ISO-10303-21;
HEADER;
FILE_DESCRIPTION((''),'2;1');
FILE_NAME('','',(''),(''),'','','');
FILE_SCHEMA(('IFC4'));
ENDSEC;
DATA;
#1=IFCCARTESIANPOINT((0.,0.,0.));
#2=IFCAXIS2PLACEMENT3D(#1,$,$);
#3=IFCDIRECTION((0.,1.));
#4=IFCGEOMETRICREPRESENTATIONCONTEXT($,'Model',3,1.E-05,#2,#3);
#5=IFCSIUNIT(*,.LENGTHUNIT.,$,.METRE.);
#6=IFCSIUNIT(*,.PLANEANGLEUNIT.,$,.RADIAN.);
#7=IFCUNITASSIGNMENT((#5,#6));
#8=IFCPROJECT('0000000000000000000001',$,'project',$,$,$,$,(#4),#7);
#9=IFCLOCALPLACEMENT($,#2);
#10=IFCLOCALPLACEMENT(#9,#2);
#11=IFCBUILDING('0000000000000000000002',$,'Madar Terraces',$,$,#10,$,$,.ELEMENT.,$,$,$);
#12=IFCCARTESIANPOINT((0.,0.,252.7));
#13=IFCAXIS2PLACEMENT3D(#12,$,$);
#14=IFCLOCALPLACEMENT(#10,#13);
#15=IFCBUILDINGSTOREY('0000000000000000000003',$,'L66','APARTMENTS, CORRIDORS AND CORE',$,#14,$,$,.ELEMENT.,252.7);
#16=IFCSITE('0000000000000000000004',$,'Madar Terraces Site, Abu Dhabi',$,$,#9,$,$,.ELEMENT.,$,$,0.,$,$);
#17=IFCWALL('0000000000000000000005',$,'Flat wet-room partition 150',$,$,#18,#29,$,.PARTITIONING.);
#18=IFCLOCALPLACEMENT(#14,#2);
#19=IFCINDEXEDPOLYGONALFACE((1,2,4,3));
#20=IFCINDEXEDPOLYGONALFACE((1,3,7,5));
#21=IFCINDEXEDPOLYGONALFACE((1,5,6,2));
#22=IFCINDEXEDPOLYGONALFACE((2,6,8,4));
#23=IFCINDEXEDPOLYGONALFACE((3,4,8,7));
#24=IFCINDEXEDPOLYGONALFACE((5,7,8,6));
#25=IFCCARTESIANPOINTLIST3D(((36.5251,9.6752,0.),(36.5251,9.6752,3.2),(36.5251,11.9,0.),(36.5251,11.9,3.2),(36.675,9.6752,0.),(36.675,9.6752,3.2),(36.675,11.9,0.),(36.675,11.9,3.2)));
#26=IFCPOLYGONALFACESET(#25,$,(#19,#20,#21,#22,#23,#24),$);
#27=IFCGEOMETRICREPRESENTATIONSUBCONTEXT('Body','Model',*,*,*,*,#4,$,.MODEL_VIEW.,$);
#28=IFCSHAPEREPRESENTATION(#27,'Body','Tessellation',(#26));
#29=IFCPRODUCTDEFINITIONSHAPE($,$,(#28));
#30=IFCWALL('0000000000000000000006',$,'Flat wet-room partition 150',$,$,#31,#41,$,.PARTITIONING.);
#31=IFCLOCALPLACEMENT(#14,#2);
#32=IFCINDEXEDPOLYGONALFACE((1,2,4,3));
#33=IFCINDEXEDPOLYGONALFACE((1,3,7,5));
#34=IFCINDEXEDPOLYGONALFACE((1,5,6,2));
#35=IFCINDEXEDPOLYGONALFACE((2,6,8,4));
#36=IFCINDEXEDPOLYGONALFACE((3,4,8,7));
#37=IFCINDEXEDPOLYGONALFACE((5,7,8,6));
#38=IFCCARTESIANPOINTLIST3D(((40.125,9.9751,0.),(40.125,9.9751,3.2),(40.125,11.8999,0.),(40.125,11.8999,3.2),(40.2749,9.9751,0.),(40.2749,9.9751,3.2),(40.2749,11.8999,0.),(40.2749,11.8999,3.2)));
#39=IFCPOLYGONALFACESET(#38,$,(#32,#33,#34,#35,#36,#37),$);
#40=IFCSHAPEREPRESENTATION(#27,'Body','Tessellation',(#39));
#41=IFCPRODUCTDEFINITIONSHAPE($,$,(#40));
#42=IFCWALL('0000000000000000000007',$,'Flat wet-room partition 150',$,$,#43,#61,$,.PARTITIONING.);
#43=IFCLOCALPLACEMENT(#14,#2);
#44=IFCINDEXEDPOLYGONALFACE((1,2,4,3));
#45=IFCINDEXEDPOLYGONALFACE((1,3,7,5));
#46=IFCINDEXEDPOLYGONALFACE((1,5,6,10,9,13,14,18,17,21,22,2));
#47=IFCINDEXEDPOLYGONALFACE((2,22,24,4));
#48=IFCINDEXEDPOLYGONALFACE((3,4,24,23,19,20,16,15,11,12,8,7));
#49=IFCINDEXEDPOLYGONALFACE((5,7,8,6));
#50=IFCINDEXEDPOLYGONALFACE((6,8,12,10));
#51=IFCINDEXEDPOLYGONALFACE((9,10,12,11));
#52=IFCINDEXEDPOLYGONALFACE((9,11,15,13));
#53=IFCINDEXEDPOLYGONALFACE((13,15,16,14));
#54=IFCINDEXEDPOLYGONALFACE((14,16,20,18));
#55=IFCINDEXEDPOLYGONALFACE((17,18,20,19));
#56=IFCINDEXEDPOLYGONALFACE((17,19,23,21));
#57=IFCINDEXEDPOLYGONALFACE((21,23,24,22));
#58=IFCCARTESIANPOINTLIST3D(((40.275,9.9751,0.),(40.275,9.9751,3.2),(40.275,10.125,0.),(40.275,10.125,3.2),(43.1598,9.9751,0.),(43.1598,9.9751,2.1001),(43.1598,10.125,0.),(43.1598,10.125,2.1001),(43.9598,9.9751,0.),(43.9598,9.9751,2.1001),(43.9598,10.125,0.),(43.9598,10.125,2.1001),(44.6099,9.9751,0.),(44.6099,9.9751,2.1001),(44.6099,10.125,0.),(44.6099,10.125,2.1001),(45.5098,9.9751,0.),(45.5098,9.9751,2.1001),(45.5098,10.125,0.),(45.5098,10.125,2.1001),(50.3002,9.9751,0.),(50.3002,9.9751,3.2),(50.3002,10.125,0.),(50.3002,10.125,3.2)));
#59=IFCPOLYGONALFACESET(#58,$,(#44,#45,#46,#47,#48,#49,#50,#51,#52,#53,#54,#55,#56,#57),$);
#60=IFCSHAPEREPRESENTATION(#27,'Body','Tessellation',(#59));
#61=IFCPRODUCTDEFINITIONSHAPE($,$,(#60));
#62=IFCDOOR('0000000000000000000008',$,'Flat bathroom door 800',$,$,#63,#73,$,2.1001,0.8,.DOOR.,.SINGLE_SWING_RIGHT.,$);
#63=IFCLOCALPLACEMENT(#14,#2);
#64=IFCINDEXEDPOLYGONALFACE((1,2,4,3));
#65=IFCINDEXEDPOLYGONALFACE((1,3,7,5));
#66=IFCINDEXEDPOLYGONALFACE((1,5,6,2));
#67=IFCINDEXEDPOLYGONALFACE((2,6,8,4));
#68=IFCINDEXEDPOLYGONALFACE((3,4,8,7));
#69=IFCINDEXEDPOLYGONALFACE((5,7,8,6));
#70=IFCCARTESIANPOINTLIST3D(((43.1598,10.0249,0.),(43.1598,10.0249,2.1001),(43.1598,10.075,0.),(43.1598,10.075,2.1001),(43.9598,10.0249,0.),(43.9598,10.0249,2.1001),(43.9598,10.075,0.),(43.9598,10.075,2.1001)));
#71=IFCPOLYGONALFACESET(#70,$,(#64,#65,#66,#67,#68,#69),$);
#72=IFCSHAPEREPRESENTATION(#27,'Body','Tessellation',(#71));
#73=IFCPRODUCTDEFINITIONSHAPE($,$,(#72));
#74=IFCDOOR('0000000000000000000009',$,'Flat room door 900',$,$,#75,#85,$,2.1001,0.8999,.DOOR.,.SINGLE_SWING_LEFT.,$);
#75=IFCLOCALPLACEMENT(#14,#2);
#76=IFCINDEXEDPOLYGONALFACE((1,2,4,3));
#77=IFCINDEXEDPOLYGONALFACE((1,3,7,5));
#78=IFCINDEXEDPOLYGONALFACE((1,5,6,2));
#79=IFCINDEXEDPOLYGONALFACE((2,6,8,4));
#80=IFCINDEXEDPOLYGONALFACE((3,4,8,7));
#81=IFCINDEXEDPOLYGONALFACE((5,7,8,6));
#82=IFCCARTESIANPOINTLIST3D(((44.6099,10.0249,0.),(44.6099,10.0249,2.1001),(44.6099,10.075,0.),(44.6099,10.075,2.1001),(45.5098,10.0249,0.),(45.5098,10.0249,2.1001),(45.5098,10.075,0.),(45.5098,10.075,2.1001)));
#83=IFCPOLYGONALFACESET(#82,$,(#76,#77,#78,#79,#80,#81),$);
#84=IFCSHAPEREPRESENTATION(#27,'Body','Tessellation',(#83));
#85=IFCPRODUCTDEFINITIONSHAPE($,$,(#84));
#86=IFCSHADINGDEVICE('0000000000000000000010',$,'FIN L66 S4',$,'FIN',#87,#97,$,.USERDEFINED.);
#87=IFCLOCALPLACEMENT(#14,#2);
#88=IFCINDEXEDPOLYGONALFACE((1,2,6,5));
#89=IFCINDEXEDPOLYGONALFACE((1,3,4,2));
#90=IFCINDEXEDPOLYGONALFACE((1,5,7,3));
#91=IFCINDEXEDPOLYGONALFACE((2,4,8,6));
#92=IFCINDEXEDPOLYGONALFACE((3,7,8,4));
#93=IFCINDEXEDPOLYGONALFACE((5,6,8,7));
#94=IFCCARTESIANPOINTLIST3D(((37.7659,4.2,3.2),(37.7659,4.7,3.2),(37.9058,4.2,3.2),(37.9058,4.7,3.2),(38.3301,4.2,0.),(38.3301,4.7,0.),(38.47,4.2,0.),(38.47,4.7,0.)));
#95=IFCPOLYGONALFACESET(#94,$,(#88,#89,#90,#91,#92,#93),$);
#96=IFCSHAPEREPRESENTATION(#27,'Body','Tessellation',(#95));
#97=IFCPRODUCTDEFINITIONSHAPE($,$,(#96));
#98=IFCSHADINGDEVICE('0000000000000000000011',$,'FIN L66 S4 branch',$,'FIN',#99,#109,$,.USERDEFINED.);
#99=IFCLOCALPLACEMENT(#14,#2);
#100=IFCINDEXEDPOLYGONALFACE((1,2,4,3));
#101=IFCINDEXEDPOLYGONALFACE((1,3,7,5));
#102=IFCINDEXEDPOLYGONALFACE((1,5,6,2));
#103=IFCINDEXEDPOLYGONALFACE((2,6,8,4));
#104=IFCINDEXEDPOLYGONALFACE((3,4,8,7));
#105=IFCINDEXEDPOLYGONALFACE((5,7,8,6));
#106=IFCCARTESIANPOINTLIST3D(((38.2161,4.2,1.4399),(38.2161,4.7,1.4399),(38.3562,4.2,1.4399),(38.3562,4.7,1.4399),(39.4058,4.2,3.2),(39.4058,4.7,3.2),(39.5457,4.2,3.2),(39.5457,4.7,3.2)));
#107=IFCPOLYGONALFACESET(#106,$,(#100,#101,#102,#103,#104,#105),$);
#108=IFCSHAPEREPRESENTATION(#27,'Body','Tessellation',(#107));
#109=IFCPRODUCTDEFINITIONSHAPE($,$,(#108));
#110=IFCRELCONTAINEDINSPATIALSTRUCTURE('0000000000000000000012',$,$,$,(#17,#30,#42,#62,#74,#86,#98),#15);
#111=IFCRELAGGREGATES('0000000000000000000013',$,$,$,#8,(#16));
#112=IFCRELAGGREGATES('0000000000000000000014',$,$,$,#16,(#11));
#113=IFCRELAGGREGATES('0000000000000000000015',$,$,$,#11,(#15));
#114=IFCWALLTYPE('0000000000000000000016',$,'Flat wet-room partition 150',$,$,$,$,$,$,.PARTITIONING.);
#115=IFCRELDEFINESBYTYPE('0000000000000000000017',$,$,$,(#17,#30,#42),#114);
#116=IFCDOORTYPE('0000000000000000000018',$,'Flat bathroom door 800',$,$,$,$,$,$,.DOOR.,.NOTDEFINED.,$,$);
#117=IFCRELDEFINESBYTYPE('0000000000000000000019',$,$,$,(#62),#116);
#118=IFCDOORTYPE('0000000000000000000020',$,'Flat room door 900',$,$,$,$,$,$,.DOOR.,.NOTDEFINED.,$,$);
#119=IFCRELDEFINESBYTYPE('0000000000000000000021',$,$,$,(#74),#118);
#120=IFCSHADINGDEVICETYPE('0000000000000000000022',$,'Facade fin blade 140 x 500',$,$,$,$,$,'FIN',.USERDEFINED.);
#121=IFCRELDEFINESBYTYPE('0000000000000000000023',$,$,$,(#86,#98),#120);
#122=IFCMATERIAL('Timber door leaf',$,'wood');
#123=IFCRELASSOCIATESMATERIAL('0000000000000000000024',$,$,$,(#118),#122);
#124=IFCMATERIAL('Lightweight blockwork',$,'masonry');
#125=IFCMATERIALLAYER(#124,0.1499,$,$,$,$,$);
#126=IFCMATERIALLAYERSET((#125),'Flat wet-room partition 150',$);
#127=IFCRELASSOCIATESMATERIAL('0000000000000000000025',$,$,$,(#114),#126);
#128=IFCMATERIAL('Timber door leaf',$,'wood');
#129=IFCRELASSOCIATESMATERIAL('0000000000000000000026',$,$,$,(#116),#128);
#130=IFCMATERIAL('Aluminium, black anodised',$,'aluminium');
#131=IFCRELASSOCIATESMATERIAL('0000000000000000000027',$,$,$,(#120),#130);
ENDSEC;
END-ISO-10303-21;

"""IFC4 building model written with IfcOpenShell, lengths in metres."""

from ifc_helpers import new_model, si_unit, direction, frame, frame_2d, origin, place, context, subcontext, project, spatial, polyline, rectangle, outline, extrude, material, layer, layer_set, type_object, element, fill, save


model = new_model("IFC4")

# Units and contexts
model_context = context("Model", 3, precision=1e-05, world=origin(), true_north=direction((0.0, 1.0)))
body_context = subcontext(model_context, "Body", "Model", "MODEL_VIEW")
ifc_project = project(units=[si_unit("LENGTHUNIT", "METRE"), si_unit("PLANEANGLEUNIT", "RADIAN")], contexts=[model_context])

# Site, building, storey
site_placement = place(None, origin())
site = spatial("IfcSite", under=ifc_project, at=site_placement, Name="Madar Terraces Site, Abu Dhabi", CompositionType="ELEMENT", RefElevation=0.0)
building_placement = place(site_placement, origin())
building = spatial("IfcBuilding", under=site, at=building_placement, Name="Madar Terraces", CompositionType="ELEMENT")
storey_placement = place(building_placement, frame((0.0, 0.0, 252.7)))
storey = spatial("IfcBuildingStorey", under=building, at=storey_placement, Name="L66", Description="APARTMENTS, CORRIDORS AND CORE", CompositionType="ELEMENT", Elevation=252.7)

# Shared definitions
ifc_material_1 = material(Name="Timber door leaf", Category="wood")
door_type_1 = type_object("IfcDoorType", Name="Flat room door 900", OperationType="NOTDEFINED", PredefinedType="DOOR", material=ifc_material_1)

# Walls
ifc_material_2 = material(Name="Lightweight blockwork", Category="masonry")
ifc_layer_1 = layer(ifc_material_2, 0.1499)
ifc_layer_set_1 = layer_set([ifc_layer_1], Name="Flat wet-room partition 150")
wall_type_1 = type_object("IfcWallType", Name="Flat wet-room partition 150", PredefinedType="PARTITIONING", material=ifc_layer_set_1)
wall_1_placement = place(storey_placement, frame((36.6001, 11.8999, 0.0), z_axis=(0.0, 0.0, 1.0), x_axis=(0.0, -1.0, 0.0)))
element("IfcWall", 1, at=wall_1_placement, inside=storey, type_object=wall_type_1, Name="Flat wet-room partition 150", PredefinedType="PARTITIONING", context=body_context, shape_type="SweptSolid", body=[
    extrude(rectangle(XDim=2.2249, YDim=0.1499, at=frame_2d((1.1123, 0.0))), origin(), (0.0, 0.0, 1.0), 3.2),
])
wall_2_placement = place(storey_placement, frame((40.2, 11.8999, 0.0), z_axis=(0.0, 0.0, 1.0), x_axis=(0.0, -1.0, 0.0)))
element("IfcWall", 2, at=wall_2_placement, inside=storey, type_object=wall_type_1, Name="Flat wet-room partition 150", PredefinedType="PARTITIONING", context=body_context, shape_type="SweptSolid", body=[
    extrude(rectangle(XDim=1.9248, YDim=0.1499, at=frame_2d((0.9624, 0.0))), origin(), (0.0, 0.0, 1.0), 3.2),
])

# Wall, openings, doors
wall_3_placement = place(storey_placement, frame((40.2749, 10.05, 0.0), z_axis=(0.0, 0.0, 1.0), x_axis=(1.0, 0.0, 0.0)))
wall_3 = element("IfcWall", 3, at=wall_3_placement, inside=storey, type_object=wall_type_1, Name="Flat wet-room partition 150", PredefinedType="PARTITIONING", context=body_context, shape_type="SweptSolid", body=[
    extrude(rectangle(XDim=10.0251, YDim=0.1499, at=frame_2d((5.0127, 0.0))), origin(), (0.0, 0.0, 1.0), 3.2),
])
opening_1_placement = place(wall_3_placement, frame((2.885, 0.0, 0.0)))
opening_1 = element("IfcOpeningElement", 4, at=opening_1_placement, cuts=wall_3, PredefinedType="OPENING", context=body_context, shape_type="SweptSolid", body=[
    extrude(rectangle(XDim=0.8, YDim=2.1001, at=frame_2d((0.3999, 1.05))), frame((0.0, 0.085, 0.0), z_axis=(0.0, -1.0, 0.0), x_axis=(1.0, 0.0, 0.0)), (0.0, 0.0, 1.0), 0.1699),
])
opening_2_placement = place(wall_3_placement, frame((4.335, 0.0, 0.0)))
opening_2 = element("IfcOpeningElement", 5, at=opening_2_placement, cuts=wall_3, PredefinedType="OPENING", context=body_context, shape_type="SweptSolid", body=[
    extrude(rectangle(XDim=0.8999, YDim=2.1001, at=frame_2d((0.45, 1.05))), frame((0.0, 0.085, 0.0), z_axis=(0.0, -1.0, 0.0), x_axis=(1.0, 0.0, 0.0)), (0.0, 0.0, 1.0), 0.1699),
])
ifc_material_3 = material(Name="Timber door leaf", Category="wood")
door_type_2 = type_object("IfcDoorType", Name="Flat bathroom door 800", OperationType="NOTDEFINED", PredefinedType="DOOR", material=ifc_material_3)
door_1_placement = place(opening_1_placement, origin())
door_1 = element("IfcDoor", 6, at=door_1_placement, inside=storey, type_object=door_type_2, Name="Flat bathroom door 800", OperationType="SINGLE_SWING_RIGHT", OverallHeight=2.1001, OverallWidth=0.8, PredefinedType="DOOR", context=body_context, shape_type="SweptSolid", body=[
    extrude(rectangle(XDim=0.8, YDim=2.1001, at=frame_2d((0.3999, 1.05))), frame((0.0, 0.0249, 0.0), z_axis=(0.0, -1.0, 0.0), x_axis=(1.0, 0.0, 0.0)), (0.0, 0.0, 1.0), 0.05),
])
fill(opening_1, door_1)
door_2_placement = place(opening_2_placement, origin())
door_2 = element("IfcDoor", 7, at=door_2_placement, inside=storey, type_object=door_type_1, Name="Flat room door 900", OperationType="SINGLE_SWING_LEFT", OverallHeight=2.1001, OverallWidth=0.8999, PredefinedType="DOOR", context=body_context, shape_type="SweptSolid", body=[
    extrude(rectangle(XDim=0.8999, YDim=2.1001, at=frame_2d((0.45, 1.05))), frame((0.0, 0.0249, 0.0), z_axis=(0.0, -1.0, 0.0), x_axis=(1.0, 0.0, 0.0)), (0.0, 0.0, 1.0), 0.05),
])
fill(opening_2, door_2)

# Shading devices
ifc_material_4 = material(Name="Aluminium, black anodised", Category="aluminium")
shading_device_type = type_object("IfcShadingDeviceType", Name="Facade fin blade 140 x 500", ElementType="FIN", PredefinedType="USERDEFINED", material=ifc_material_4)
shading_device_1_placement = place(storey_placement, frame((38.3301, 4.45, 0.0), z_axis=(0.0, 0.0, 1.0), x_axis=(1.0, 0.0, 0.0)))
element("IfcShadingDevice", 8, at=shading_device_1_placement, inside=storey, type_object=shading_device_type, Name="FIN L66 S4", ObjectType="FIN", PredefinedType="USERDEFINED", context=body_context, shape_type="SweptSolid", body=[
    extrude(outline(polyline([(0.0, 0.0), (0.1399, 0.0), (-0.4243, 3.2), (-0.5642, 3.2), (0.0, 0.0)])), frame((0.0, 0.25, 0.0), z_axis=(0.0, -1.0, 0.0), x_axis=(1.0, 0.0, 0.0)), (0.0, 0.0, 1.0), 0.5),
])
shading_device_2_placement = place(storey_placement, frame((38.2161, 4.45, 1.4399), z_axis=(0.0, 0.0, 1.0), x_axis=(1.0, 0.0, 0.0)))
element("IfcShadingDevice", 9, at=shading_device_2_placement, inside=storey, type_object=shading_device_type, Name="FIN L66 S4 branch", ObjectType="FIN", PredefinedType="USERDEFINED", context=body_context, shape_type="SweptSolid", body=[
    extrude(outline(polyline([(0.0, 0.0), (0.1401, 0.0), (1.3296, 1.76), (1.1897, 1.76), (0.0, 0.0)])), frame((0.0, 0.25, 0.0), z_axis=(0.0, -1.0, 0.0), x_axis=(1.0, 0.0, 0.0)), (0.0, 0.0, 1.0), 0.5),
])

save(model, "model.ifc")
